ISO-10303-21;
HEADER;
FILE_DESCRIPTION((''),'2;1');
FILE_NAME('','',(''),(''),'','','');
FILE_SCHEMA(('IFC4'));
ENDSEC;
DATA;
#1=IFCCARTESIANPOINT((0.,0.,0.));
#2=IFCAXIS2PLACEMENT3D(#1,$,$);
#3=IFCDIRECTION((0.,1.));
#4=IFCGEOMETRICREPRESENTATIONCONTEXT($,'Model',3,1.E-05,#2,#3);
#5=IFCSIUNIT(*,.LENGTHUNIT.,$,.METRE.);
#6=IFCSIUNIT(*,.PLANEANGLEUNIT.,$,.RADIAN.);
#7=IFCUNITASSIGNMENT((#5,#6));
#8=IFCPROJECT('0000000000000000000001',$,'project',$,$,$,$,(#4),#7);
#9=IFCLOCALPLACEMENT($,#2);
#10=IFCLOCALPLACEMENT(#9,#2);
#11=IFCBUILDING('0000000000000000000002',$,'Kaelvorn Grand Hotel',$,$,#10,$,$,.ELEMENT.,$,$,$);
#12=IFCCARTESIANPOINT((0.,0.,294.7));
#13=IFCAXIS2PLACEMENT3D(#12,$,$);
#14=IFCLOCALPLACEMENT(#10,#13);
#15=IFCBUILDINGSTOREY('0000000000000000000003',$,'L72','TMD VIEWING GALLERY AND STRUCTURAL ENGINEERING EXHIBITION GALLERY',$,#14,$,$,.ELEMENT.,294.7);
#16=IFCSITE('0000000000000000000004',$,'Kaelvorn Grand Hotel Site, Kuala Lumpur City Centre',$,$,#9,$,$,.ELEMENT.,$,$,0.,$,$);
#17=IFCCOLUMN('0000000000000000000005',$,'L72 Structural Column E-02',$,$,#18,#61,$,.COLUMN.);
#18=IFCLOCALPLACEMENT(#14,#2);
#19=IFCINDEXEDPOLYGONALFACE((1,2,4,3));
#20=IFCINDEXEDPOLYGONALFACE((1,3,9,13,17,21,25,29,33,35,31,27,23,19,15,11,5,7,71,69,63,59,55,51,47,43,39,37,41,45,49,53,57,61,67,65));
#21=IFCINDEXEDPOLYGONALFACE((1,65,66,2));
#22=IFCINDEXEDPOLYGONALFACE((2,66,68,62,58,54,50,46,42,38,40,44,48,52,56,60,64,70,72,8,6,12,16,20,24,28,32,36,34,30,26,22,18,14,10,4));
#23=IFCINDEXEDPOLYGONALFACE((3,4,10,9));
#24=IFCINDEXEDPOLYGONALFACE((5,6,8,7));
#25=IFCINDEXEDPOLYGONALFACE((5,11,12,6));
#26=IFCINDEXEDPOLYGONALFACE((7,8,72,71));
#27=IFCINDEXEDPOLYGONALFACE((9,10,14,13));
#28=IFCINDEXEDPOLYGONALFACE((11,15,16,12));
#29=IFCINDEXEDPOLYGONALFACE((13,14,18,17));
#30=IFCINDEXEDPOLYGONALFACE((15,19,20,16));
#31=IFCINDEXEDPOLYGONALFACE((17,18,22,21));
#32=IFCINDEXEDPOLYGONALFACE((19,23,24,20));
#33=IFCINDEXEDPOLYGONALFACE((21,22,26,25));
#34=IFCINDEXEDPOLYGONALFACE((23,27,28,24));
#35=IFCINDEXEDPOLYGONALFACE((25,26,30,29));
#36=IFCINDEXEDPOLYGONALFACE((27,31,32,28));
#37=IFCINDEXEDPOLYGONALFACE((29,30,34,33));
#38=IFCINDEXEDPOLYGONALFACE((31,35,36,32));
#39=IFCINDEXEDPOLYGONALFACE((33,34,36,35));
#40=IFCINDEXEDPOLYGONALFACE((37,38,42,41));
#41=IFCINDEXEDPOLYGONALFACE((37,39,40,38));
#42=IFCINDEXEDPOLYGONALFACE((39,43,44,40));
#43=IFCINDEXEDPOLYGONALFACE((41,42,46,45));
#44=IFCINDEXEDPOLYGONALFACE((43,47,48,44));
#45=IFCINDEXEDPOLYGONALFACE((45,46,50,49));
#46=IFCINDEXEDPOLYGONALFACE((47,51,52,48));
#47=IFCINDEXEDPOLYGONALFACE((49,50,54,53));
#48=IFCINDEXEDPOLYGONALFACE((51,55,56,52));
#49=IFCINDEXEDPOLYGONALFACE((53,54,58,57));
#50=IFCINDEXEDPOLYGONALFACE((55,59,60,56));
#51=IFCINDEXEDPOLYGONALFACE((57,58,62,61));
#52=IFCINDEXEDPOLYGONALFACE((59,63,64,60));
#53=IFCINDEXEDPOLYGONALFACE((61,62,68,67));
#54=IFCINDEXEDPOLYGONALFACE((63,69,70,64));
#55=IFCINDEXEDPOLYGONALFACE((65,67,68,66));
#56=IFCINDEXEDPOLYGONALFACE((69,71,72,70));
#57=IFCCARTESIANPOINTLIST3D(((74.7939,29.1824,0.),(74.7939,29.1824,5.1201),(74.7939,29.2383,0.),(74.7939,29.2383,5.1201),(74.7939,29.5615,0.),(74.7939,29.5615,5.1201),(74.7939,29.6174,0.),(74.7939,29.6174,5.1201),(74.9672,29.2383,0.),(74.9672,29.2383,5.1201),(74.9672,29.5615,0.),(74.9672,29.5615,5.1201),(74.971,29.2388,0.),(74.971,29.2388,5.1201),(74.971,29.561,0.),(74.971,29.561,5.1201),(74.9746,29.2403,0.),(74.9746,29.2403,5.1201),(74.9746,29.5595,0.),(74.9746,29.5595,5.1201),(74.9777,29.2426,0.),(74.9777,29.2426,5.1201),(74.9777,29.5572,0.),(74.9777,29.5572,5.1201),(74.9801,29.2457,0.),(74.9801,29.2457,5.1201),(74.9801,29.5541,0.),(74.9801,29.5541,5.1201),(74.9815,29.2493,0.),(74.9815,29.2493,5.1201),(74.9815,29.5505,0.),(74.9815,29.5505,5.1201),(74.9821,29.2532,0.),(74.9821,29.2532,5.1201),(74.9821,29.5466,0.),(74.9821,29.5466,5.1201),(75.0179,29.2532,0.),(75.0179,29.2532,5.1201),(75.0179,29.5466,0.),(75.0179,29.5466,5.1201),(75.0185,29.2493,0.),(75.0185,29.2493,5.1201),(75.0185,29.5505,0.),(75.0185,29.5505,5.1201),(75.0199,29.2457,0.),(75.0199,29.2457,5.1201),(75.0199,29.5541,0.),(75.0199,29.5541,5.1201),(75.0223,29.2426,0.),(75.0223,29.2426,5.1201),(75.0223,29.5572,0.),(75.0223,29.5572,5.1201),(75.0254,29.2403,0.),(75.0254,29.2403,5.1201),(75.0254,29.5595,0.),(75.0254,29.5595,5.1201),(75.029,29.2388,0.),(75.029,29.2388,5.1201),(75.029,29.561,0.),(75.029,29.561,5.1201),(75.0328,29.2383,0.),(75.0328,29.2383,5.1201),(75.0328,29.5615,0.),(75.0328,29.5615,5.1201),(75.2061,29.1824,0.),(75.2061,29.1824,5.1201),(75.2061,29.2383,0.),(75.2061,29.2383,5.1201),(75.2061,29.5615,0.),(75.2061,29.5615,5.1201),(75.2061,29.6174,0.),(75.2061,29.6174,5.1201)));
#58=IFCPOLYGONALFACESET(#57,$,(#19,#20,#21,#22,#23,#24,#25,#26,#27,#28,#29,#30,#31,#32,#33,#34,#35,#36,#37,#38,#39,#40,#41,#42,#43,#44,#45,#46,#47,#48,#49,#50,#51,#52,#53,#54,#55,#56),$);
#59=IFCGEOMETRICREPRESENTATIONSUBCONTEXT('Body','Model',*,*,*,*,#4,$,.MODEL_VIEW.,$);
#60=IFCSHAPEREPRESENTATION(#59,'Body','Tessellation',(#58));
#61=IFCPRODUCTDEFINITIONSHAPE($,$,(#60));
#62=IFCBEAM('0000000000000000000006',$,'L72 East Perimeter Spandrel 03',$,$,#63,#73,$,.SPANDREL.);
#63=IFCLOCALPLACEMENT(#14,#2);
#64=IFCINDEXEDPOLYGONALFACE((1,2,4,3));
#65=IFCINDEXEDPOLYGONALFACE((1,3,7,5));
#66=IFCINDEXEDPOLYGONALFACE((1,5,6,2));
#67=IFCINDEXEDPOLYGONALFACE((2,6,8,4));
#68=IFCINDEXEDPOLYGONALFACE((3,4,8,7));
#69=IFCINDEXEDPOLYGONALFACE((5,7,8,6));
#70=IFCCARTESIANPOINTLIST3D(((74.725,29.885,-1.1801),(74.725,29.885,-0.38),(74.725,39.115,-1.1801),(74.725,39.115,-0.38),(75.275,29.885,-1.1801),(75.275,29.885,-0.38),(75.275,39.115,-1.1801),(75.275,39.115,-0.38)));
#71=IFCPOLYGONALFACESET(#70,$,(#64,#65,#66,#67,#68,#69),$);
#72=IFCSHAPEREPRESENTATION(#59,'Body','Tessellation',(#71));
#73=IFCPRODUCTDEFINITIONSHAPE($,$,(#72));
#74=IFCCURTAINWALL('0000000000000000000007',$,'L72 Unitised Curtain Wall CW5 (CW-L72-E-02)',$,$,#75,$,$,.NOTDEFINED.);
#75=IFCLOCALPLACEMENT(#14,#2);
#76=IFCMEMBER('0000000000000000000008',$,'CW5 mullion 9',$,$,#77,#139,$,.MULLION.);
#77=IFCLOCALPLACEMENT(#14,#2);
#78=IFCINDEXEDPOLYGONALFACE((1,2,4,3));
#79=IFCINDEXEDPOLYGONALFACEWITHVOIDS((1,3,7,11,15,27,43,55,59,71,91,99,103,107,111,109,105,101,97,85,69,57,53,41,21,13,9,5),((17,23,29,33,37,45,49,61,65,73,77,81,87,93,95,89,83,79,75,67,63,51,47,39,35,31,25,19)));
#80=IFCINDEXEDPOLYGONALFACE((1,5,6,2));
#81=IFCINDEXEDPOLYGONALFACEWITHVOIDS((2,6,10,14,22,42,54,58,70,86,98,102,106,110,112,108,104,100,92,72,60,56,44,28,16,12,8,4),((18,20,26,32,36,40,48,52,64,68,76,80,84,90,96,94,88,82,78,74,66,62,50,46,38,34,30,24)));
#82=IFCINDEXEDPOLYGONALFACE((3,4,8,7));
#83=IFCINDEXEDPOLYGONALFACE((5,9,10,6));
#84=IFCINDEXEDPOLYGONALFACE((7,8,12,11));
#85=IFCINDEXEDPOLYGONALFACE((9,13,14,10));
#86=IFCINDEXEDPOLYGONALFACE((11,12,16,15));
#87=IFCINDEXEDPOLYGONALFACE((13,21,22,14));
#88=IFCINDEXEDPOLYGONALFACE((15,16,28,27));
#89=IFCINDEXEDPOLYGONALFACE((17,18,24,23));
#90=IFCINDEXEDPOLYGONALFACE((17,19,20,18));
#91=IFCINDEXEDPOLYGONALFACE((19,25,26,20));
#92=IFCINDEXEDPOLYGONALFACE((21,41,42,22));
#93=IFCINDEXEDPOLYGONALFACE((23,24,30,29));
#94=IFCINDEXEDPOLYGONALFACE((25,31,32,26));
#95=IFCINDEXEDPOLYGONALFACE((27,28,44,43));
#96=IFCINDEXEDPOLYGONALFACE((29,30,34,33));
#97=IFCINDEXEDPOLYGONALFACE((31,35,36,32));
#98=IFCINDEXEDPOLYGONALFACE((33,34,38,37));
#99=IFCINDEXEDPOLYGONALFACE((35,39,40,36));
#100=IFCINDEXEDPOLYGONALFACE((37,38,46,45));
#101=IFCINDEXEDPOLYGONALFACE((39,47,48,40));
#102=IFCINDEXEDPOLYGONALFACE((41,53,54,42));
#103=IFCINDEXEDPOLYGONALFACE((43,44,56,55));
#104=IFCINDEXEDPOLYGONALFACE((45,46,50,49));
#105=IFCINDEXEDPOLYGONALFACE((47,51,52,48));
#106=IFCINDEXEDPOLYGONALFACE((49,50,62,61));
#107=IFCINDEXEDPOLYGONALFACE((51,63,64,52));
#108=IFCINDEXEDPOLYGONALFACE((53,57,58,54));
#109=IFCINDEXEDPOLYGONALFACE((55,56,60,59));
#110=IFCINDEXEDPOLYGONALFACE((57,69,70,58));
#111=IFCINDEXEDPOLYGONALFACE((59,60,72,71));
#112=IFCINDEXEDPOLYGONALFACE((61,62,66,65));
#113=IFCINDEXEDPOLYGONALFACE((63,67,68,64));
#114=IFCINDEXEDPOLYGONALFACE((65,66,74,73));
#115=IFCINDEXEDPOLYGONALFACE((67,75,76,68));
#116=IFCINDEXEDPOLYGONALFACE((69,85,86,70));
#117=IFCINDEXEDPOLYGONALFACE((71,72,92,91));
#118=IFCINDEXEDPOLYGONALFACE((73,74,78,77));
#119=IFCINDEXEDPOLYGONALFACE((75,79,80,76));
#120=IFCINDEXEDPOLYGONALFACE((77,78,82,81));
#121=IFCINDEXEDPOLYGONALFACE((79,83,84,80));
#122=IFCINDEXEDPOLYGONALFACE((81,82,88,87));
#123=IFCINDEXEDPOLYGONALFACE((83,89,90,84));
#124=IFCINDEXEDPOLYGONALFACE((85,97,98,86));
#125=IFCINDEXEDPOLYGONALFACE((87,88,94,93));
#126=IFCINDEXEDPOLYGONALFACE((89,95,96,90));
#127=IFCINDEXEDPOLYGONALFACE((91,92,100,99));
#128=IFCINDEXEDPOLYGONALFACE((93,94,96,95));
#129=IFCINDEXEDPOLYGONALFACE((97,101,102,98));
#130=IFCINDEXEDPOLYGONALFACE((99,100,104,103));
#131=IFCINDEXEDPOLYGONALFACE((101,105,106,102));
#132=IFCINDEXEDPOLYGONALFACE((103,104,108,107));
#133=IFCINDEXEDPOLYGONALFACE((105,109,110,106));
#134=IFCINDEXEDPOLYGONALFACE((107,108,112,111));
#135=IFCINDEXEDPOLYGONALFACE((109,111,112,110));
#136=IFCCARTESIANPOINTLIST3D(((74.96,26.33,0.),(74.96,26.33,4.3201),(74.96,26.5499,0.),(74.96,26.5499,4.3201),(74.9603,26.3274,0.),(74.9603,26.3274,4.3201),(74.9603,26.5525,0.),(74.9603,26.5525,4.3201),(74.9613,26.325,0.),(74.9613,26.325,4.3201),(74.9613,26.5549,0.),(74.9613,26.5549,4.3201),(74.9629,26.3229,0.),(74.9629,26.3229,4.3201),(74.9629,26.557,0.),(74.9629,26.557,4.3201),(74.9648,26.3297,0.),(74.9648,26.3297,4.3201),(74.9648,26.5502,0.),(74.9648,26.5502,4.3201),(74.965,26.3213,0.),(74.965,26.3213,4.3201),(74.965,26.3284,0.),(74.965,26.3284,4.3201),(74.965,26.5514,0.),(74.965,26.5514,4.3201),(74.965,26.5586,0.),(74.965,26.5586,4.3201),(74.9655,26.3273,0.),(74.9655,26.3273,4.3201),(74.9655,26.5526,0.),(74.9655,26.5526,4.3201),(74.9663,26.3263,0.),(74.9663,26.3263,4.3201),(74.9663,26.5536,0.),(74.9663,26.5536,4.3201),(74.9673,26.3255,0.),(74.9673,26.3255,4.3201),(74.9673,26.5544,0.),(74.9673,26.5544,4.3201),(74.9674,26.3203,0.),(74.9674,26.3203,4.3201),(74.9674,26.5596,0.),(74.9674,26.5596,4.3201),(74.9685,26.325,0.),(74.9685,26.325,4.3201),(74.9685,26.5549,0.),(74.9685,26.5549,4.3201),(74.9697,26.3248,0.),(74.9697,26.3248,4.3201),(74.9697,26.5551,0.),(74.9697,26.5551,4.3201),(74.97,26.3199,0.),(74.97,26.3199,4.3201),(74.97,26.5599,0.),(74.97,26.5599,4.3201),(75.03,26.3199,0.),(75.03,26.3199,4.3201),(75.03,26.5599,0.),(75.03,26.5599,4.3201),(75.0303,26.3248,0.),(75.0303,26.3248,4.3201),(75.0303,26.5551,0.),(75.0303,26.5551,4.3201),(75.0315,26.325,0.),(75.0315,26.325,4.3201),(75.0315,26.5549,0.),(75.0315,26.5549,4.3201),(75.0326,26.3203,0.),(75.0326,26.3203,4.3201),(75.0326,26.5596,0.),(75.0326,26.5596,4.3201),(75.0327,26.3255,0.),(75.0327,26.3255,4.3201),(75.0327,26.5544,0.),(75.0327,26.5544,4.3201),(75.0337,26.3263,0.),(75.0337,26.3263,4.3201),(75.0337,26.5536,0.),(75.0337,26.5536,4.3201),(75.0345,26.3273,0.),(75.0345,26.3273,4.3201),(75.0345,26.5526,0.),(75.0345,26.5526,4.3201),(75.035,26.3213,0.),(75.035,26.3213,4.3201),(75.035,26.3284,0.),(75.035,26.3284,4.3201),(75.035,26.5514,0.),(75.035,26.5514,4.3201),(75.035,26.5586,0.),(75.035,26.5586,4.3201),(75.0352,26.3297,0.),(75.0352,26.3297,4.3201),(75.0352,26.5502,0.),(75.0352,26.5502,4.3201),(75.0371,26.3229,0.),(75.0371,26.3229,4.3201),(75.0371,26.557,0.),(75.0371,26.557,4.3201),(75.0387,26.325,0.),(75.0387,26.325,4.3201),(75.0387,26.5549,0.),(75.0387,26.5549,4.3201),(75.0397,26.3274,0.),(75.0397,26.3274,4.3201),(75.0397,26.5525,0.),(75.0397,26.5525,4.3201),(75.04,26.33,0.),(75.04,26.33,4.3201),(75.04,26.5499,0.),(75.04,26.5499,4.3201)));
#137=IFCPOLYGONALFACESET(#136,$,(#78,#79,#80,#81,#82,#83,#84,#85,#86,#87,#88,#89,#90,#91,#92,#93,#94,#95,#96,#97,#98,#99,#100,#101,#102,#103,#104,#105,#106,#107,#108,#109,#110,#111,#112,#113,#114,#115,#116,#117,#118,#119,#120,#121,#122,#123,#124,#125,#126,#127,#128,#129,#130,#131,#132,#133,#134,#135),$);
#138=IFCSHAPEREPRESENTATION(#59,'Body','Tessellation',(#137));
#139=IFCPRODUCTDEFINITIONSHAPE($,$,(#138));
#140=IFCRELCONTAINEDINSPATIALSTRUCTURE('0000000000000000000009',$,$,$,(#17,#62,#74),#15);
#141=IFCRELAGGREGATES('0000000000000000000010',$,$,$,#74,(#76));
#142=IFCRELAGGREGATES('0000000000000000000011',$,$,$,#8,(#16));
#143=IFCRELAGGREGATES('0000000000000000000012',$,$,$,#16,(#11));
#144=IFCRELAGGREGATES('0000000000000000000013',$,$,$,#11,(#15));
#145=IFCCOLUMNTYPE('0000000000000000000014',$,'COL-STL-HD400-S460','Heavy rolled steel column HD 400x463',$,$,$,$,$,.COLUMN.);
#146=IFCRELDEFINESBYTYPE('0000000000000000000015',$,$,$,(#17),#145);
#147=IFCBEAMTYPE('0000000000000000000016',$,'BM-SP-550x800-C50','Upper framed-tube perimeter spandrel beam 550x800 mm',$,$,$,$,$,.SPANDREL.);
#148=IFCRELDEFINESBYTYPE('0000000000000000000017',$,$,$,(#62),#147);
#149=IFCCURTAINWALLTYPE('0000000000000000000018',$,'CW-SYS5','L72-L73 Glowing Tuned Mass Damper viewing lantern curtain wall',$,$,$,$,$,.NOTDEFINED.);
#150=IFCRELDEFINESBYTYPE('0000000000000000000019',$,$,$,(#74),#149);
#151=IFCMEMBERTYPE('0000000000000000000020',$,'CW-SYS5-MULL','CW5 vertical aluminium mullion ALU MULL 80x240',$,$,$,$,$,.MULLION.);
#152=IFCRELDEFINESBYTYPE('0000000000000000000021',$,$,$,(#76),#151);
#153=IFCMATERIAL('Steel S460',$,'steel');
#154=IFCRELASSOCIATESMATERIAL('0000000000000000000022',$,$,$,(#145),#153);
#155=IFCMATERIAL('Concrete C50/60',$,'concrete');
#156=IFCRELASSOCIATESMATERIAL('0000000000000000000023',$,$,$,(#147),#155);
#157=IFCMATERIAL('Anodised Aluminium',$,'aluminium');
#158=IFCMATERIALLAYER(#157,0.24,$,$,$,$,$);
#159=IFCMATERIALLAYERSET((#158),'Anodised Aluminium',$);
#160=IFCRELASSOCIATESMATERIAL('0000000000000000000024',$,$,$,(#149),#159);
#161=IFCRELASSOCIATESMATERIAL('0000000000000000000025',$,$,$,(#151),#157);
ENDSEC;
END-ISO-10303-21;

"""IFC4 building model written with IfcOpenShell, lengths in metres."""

from ifc_helpers import new_model, si_unit, direction, frame, origin, origin_2d, place, context, subcontext, project, spatial, rectangle, hollow_rectangle, i_section, extrude, material, layer, layer_set, material_profile, profile_set, type_object, element, aggregate, save


model = new_model("IFC4")

# Units and contexts
model_context = context("Model", 3, precision=1e-05, world=origin(), true_north=direction((0.0, 1.0)))
body_context = subcontext(model_context, "Body", "Model", "MODEL_VIEW")
ifc_project = project(units=[si_unit("LENGTHUNIT", "METRE"), si_unit("PLANEANGLEUNIT", "RADIAN")], contexts=[model_context])

# Site, building, storey
site_placement = place(None, origin())
site = spatial("IfcSite", under=ifc_project, at=site_placement, Name="Kaelvorn Grand Hotel Site, Kuala Lumpur City Centre", CompositionType="ELEMENT", RefElevation=0.0)
building_placement = place(site_placement, origin())
building = spatial("IfcBuilding", under=site, at=building_placement, Name="Kaelvorn Grand Hotel", CompositionType="ELEMENT")
storey_placement = place(building_placement, frame((0.0, 0.0, 294.7)))
storey = spatial("IfcBuildingStorey", under=building, at=storey_placement, Name="L72", Description="TMD VIEWING GALLERY AND STRUCTURAL ENGINEERING EXHIBITION GALLERY", CompositionType="ELEMENT", Elevation=294.7)

# Column
ifc_material_1 = material(Name="Steel S460", Category="steel")
ifc_material_profile_1 = material_profile(ifc_material_1, i_section(OverallWidth=0.4121, OverallDepth=0.4351, WebThickness=0.0359, FlangeThickness=0.0559, FilletRadius=0.0149, at=origin_2d()), Name="HD 400x463")
ifc_profile_set_1 = profile_set([ifc_material_profile_1], Name="Steel S460")
column_type = type_object("IfcColumnType", Name="COL-STL-HD400-S460", Description="Heavy rolled steel column HD 400x463", PredefinedType="COLUMN", material=ifc_profile_set_1)
column_placement = place(storey_placement, frame((75.0, 29.3999, 0.0), z_axis=(0.0, 0.0, 1.0), x_axis=(1.0, 0.0, 0.0)))
element("IfcColumn", 1, at=column_placement, inside=storey, type_object=column_type, Name="L72 Structural Column E-02", PredefinedType="COLUMN", context=body_context, shape_type="SweptSolid", body=[
    extrude(i_section(OverallWidth=0.4121, OverallDepth=0.4351, WebThickness=0.0359, FlangeThickness=0.0559, FilletRadius=0.0149, at=origin_2d()), origin(), (0.0, 0.0, 1.0), 5.1201),
])

# Beam
ifc_material_2 = material(Name="Concrete C50/60", Category="concrete")
ifc_material_profile_2 = material_profile(ifc_material_2, rectangle(XDim=0.55, YDim=0.8, at=origin_2d()), Name="RC SPANDREL 550x800")
ifc_profile_set_2 = profile_set([ifc_material_profile_2], Name="Concrete C50/60")
beam_type = type_object("IfcBeamType", Name="BM-SP-550x800-C50", Description="Upper framed-tube perimeter spandrel beam 550x800 mm", PredefinedType="SPANDREL", material=ifc_profile_set_2)
beam_placement = place(storey_placement, frame((75.0, 29.885, -0.78), z_axis=(0.0, 1.0, 0.0), x_axis=(-1.0, 0.0, 0.0)))
element("IfcBeam", 2, at=beam_placement, inside=storey, type_object=beam_type, Name="L72 East Perimeter Spandrel 03", PredefinedType="SPANDREL", context=body_context, shape_type="SweptSolid", body=[
    extrude(rectangle(XDim=0.55, YDim=0.8, at=origin_2d()), origin(), (0.0, 0.0, 1.0), 9.23),
])

# Curtain wall, member
ifc_material_3 = material(Name="Anodised Aluminium", Category="aluminium")
ifc_layer_1 = layer(ifc_material_3, 0.24)
ifc_layer_set_1 = layer_set([ifc_layer_1], Name="Anodised Aluminium")
curtain_wall_type = type_object("IfcCurtainWallType", Name="CW-SYS5", Description="L72-L73 Glowing Tuned Mass Damper viewing lantern curtain wall", PredefinedType="NOTDEFINED", material=ifc_layer_set_1)
curtain_wall_1_placement = place(storey_placement, origin())
curtain_wall_1 = element("IfcCurtainWall", 3, at=curtain_wall_1_placement, inside=storey, type_object=curtain_wall_type, Name="L72 Unitised Curtain Wall CW5 (CW-L72-E-02)", PredefinedType="NOTDEFINED")
ifc_material_profile_3 = material_profile(ifc_material_3, hollow_rectangle(XDim=0.0801, YDim=0.24, WallThickness=0.0049, InnerFilletRadius=0.0049, OuterFilletRadius=0.01, at=origin_2d()), Name="ALU MULL 80x240")
ifc_profile_set_3 = profile_set([ifc_material_profile_3], Name="Anodised Aluminium")
member_type_1 = type_object("IfcMemberType", Name="CW-SYS5-MULL", Description="CW5 vertical aluminium mullion ALU MULL 80x240", PredefinedType="MULLION", material=ifc_profile_set_3)
member_1_placement = place(storey_placement, frame((75.0, 26.4399, 0.0), z_axis=(0.0, 0.0, 1.0), x_axis=(-1.0, 0.0, 0.0)))
member_1 = element("IfcMember", 4, at=member_1_placement, type_object=member_type_1, Name="CW5 mullion 9", PredefinedType="MULLION", context=body_context, shape_type="SweptSolid", body=[
    extrude(hollow_rectangle(XDim=0.0801, YDim=0.24, WallThickness=0.0049, InnerFilletRadius=0.0049, OuterFilletRadius=0.01, at=origin_2d()), origin(), (0.0, 0.0, 1.0), 4.3201),
])

aggregate(curtain_wall_1, [member_1])

save(model, "model.ifc")
